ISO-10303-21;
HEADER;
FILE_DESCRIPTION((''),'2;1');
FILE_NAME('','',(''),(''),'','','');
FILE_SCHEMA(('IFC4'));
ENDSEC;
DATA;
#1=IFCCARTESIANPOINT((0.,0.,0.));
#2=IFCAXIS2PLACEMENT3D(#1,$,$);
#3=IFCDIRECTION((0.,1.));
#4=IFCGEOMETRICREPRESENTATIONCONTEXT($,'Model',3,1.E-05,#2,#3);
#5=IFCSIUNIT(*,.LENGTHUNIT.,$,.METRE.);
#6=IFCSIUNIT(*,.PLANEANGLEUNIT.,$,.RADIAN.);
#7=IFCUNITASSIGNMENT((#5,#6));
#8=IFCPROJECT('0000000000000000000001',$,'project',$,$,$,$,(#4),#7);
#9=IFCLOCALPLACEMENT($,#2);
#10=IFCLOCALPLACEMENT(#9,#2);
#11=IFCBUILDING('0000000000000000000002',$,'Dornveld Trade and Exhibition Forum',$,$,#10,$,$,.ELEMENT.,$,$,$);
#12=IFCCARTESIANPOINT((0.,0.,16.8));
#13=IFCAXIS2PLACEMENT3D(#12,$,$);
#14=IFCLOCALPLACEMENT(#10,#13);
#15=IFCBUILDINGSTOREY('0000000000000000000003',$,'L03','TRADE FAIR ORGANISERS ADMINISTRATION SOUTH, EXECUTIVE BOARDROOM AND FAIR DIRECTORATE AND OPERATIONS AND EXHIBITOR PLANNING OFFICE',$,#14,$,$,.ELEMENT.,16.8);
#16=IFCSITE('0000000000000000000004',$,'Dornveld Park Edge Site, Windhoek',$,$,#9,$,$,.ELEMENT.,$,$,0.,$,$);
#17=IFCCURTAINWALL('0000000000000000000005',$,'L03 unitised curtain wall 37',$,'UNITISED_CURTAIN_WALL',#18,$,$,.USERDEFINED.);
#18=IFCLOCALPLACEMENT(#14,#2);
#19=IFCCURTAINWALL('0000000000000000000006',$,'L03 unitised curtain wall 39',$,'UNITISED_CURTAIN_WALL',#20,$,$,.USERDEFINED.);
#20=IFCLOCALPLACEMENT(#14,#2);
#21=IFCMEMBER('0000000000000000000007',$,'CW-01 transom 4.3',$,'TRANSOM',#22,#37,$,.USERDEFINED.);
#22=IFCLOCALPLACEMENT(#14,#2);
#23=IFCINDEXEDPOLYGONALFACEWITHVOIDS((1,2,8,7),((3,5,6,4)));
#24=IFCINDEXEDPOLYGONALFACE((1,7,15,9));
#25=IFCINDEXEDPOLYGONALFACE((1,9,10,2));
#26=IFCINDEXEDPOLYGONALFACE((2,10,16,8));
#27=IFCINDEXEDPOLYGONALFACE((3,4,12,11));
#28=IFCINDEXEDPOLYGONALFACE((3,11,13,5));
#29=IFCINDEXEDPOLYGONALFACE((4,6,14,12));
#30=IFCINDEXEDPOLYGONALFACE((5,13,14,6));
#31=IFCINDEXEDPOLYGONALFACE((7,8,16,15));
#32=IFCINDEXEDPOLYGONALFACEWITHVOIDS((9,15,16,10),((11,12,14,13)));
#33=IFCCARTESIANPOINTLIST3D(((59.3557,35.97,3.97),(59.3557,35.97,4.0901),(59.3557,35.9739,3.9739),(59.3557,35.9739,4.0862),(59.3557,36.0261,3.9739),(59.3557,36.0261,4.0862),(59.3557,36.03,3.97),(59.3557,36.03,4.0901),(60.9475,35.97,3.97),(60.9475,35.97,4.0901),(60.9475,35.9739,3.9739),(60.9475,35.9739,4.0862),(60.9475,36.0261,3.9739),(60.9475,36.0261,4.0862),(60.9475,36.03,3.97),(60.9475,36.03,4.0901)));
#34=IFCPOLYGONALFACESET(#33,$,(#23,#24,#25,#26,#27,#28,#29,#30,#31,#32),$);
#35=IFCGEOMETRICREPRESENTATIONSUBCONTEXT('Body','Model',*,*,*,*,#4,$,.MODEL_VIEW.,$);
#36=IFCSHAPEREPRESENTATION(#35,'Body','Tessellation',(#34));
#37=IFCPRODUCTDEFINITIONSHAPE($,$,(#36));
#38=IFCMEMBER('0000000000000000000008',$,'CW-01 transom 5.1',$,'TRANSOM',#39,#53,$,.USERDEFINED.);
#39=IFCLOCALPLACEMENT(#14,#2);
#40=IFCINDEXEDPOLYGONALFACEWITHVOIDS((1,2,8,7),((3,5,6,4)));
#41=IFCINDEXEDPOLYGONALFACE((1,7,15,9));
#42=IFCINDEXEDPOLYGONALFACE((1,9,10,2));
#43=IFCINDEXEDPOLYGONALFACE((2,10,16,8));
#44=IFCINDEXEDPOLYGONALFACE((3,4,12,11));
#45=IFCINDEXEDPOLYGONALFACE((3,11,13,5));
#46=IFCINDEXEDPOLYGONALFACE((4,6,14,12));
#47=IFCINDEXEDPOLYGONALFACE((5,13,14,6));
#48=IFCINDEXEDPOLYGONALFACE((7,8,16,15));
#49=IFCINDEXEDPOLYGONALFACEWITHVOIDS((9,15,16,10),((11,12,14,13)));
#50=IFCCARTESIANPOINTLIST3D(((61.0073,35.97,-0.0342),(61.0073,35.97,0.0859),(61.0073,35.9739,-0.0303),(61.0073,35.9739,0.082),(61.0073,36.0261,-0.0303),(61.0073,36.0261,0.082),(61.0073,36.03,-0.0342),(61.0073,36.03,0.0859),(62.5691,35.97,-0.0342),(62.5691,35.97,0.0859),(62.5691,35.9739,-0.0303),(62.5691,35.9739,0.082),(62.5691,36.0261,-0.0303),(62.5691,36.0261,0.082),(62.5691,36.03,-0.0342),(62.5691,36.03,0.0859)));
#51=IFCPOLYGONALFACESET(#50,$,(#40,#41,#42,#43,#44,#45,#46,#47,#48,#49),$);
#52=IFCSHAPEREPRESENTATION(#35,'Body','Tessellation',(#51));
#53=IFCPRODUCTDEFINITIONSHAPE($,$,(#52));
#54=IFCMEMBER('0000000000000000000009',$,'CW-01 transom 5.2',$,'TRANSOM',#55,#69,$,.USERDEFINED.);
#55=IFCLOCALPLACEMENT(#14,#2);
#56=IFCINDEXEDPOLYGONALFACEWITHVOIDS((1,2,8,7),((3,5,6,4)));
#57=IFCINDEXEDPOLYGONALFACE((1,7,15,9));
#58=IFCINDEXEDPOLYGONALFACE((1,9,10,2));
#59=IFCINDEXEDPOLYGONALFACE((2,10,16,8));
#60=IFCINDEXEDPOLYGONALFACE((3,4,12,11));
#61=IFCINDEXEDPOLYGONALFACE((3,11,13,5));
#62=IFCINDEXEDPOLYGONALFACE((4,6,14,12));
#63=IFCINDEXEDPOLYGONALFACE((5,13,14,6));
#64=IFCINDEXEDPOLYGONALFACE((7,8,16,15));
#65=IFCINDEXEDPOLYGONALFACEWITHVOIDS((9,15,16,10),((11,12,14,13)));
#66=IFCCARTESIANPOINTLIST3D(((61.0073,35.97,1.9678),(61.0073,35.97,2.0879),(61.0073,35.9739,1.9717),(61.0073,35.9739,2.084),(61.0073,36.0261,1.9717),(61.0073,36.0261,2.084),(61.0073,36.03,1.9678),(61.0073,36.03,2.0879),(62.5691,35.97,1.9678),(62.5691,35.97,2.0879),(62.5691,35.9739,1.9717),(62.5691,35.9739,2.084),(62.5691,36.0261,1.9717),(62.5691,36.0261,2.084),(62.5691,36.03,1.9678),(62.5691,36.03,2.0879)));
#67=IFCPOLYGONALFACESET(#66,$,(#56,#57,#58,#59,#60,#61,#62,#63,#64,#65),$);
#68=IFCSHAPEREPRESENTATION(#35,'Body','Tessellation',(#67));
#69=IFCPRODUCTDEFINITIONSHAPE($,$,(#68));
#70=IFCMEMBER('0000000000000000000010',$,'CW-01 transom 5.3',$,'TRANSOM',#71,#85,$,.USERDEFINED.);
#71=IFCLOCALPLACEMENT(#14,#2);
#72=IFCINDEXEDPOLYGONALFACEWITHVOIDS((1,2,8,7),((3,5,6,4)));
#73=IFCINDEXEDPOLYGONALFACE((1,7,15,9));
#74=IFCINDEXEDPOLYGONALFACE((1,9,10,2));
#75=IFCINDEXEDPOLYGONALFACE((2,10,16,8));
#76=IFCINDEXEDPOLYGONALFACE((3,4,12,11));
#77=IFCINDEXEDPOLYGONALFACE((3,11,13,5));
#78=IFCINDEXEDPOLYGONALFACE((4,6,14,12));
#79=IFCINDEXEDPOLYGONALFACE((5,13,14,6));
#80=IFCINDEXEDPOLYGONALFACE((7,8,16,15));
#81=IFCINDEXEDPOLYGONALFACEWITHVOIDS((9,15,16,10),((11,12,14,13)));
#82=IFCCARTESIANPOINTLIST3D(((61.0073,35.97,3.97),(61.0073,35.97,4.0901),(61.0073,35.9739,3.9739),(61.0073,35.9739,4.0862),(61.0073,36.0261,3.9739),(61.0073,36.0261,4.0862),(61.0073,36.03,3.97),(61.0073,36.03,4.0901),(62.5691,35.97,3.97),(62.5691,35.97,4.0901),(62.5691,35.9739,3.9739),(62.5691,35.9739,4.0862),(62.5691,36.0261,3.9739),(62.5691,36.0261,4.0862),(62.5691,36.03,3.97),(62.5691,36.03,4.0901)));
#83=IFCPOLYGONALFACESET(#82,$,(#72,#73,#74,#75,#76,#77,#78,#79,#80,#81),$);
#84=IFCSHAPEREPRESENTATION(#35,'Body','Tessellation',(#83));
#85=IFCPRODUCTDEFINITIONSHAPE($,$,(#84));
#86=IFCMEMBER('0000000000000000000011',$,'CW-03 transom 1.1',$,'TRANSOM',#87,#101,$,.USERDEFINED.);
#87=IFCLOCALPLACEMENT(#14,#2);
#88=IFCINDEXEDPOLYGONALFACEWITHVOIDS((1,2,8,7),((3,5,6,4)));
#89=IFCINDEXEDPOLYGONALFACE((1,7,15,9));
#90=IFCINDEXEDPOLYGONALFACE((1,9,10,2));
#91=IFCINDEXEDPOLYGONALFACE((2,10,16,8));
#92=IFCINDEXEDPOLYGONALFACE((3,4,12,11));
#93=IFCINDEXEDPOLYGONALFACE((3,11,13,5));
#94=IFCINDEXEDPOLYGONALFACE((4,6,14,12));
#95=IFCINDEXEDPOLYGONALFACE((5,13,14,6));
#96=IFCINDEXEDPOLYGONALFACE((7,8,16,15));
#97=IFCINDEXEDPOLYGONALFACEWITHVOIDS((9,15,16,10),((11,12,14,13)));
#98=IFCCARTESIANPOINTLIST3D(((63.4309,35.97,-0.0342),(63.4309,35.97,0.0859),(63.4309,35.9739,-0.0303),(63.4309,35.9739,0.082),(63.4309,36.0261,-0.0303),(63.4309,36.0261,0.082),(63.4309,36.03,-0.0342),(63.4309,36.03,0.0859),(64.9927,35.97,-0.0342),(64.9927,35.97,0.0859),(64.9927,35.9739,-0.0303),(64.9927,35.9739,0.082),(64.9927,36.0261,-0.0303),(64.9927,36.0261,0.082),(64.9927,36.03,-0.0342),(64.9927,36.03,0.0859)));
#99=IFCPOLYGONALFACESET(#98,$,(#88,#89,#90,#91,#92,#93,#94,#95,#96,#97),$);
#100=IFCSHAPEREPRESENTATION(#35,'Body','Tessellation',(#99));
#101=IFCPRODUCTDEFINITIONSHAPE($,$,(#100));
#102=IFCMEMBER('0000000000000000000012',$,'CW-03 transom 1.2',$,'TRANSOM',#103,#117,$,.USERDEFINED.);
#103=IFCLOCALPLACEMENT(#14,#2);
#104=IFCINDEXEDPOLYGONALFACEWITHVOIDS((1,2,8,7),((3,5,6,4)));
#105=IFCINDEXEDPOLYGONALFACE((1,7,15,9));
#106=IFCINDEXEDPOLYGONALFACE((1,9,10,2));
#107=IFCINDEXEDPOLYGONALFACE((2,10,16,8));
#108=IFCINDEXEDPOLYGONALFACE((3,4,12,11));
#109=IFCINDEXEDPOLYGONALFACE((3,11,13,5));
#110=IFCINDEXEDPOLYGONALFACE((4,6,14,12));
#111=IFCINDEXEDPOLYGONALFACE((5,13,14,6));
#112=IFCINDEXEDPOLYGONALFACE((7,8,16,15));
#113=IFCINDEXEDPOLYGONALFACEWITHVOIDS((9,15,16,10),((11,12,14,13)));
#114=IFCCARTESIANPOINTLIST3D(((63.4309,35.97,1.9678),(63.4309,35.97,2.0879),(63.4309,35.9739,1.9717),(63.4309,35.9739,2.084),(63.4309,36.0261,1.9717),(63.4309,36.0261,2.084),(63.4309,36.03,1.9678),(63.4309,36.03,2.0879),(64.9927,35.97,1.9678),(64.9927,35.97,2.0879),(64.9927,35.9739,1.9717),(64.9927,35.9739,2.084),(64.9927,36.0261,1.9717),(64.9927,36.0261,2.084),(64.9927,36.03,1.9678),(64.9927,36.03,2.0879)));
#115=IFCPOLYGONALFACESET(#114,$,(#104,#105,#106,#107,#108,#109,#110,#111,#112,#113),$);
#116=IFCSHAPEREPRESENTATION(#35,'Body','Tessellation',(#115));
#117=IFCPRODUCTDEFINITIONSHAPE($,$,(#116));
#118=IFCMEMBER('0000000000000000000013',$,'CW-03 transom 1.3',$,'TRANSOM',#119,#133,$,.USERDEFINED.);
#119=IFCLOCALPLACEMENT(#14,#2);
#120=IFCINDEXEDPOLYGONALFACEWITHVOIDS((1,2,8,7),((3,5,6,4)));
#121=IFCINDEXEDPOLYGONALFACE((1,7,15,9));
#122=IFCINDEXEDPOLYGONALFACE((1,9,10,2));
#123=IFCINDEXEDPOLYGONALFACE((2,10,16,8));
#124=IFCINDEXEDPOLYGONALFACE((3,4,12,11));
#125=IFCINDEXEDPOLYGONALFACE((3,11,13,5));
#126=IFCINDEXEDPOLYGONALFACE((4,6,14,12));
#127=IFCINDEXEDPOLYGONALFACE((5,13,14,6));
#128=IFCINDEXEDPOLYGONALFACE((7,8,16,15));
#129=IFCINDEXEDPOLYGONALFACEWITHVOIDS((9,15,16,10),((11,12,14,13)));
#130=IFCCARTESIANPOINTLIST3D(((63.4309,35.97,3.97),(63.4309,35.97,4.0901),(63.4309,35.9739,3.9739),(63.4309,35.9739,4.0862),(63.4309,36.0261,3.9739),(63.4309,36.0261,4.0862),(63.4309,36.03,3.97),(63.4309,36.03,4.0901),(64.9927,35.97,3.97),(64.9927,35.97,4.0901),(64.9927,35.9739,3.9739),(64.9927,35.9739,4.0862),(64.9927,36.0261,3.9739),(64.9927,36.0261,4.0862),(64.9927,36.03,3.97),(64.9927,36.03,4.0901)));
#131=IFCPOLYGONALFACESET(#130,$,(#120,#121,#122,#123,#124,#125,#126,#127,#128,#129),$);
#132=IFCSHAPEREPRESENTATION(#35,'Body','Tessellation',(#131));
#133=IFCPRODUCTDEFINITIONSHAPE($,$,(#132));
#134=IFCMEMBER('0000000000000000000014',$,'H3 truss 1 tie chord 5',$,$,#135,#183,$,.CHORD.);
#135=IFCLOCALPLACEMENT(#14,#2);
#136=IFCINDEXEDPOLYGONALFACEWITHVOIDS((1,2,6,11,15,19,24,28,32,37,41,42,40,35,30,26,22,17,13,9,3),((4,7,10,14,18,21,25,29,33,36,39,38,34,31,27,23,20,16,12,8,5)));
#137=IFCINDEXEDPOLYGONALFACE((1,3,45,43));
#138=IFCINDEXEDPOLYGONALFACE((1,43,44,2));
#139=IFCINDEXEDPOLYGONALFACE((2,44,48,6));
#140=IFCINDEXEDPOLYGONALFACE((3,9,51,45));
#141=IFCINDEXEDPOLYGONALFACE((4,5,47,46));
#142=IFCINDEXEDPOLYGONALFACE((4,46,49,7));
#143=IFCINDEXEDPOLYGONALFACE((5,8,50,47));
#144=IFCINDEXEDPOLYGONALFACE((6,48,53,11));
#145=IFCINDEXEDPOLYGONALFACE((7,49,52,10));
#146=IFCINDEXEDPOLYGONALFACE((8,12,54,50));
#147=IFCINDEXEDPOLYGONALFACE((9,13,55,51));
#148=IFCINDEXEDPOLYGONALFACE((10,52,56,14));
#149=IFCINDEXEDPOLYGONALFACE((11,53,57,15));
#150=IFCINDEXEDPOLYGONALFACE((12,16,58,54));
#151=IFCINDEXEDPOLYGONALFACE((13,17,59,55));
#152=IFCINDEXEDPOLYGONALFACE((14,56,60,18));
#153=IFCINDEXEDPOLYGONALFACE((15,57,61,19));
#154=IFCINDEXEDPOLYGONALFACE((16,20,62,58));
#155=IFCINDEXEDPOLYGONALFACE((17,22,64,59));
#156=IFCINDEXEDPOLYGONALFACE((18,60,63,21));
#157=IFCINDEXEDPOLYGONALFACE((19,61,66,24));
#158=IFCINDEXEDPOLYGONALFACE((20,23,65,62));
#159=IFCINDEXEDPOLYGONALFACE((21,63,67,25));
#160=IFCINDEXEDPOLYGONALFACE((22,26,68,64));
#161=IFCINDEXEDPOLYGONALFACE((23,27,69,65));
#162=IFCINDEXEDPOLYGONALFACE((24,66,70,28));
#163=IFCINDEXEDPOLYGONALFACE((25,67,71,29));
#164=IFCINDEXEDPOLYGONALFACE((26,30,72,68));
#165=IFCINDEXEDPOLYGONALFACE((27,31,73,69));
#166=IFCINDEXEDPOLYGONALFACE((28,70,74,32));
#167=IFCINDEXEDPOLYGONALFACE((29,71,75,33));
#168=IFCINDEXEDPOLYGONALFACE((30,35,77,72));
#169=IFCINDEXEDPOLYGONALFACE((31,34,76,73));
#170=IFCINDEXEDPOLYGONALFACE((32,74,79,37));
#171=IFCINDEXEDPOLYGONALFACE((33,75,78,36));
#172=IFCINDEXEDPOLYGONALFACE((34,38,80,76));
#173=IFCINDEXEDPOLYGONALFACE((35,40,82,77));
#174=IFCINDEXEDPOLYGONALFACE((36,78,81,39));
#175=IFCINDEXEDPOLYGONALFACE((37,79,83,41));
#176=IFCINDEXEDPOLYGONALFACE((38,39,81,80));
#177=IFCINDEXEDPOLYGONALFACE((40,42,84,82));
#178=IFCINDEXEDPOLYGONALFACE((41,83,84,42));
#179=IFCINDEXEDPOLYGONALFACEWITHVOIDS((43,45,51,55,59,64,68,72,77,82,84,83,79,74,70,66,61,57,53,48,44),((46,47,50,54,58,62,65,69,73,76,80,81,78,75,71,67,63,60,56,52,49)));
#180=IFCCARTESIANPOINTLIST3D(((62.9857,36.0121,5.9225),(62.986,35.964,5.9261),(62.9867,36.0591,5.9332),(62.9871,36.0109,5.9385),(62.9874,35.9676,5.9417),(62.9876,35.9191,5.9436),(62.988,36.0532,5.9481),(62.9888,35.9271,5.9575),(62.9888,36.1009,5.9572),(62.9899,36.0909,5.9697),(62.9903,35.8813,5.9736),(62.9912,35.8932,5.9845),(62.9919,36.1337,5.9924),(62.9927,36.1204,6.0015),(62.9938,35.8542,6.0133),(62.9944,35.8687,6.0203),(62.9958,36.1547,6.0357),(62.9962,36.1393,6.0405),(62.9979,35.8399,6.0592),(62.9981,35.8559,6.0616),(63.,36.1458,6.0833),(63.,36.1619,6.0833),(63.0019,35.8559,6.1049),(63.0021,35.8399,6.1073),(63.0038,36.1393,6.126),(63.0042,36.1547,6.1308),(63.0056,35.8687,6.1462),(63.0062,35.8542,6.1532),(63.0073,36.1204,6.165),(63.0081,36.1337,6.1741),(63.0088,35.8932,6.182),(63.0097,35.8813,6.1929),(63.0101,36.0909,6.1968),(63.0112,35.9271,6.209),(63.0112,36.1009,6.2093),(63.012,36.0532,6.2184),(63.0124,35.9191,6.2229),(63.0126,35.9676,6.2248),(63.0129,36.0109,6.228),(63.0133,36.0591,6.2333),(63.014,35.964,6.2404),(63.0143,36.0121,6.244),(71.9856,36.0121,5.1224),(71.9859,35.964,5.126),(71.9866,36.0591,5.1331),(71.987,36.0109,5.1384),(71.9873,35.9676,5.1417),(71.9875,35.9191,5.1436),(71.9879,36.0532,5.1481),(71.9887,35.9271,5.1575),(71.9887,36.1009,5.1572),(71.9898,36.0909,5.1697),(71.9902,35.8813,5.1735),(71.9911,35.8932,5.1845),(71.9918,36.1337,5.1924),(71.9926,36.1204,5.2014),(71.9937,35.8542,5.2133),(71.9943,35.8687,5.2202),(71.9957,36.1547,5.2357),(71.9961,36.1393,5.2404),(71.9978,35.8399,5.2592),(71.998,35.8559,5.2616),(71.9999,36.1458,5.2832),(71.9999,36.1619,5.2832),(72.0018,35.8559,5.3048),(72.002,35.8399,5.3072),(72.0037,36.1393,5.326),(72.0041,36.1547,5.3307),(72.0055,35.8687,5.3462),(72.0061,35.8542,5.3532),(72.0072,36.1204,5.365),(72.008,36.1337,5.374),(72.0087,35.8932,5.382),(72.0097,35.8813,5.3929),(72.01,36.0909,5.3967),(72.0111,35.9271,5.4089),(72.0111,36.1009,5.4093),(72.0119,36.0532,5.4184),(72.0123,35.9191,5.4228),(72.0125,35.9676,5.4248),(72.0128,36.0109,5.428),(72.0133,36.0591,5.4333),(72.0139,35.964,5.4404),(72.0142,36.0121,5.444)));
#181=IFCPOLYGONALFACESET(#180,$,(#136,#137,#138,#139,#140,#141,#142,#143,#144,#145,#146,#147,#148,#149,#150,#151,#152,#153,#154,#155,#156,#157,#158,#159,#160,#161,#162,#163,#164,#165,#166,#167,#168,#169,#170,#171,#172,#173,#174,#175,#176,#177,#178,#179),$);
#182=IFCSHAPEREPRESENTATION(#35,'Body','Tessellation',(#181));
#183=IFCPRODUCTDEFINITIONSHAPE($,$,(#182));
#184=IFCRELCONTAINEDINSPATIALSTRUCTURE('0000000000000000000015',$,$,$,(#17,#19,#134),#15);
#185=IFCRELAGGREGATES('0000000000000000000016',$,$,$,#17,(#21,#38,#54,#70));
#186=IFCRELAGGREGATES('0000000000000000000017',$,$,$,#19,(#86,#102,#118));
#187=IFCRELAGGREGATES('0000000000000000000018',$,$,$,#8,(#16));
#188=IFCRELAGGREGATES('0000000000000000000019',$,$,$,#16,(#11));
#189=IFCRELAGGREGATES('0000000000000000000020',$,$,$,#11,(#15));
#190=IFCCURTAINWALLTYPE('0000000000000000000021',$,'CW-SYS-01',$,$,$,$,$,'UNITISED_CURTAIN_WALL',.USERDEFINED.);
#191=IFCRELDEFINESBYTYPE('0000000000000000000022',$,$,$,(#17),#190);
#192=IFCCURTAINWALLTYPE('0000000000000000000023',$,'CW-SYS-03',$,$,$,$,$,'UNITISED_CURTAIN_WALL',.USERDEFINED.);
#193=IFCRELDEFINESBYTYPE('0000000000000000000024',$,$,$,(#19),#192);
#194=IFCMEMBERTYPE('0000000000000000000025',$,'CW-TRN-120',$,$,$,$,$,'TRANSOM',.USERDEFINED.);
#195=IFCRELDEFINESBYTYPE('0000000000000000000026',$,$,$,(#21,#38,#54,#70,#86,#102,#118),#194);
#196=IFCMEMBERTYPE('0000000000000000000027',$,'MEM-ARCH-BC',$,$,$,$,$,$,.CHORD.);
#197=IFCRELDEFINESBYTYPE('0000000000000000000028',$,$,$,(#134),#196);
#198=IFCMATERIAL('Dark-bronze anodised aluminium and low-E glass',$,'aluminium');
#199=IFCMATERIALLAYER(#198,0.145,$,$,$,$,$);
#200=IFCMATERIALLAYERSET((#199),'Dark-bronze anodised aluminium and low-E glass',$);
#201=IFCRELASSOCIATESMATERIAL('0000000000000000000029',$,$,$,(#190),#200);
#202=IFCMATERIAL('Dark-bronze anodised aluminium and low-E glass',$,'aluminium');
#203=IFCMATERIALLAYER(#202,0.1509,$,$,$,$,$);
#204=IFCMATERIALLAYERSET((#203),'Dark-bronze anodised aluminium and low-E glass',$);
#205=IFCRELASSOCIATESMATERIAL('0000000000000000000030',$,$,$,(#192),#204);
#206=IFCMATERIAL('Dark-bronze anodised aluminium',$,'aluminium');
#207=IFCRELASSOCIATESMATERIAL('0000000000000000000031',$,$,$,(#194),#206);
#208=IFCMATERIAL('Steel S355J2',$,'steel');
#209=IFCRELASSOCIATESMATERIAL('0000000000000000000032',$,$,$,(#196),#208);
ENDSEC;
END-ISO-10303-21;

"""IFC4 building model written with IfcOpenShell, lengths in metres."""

from ifc_helpers import new_model, si_unit, direction, frame, origin, origin_2d, place, context, subcontext, project, spatial, hollow_rectangle, hollow_circle, extrude, material, layer, layer_set, material_profile, profile_set, type_object, element, aggregate, save


model = new_model("IFC4")

# Units and contexts
model_context = context("Model", 3, precision=1e-05, world=origin(), true_north=direction((0.0, 1.0)))
body_context = subcontext(model_context, "Body", "Model", "MODEL_VIEW")
ifc_project = project(units=[si_unit("LENGTHUNIT", "METRE"), si_unit("PLANEANGLEUNIT", "RADIAN")], contexts=[model_context])

# Site, building, storey
site_placement = place(None, origin())
site = spatial("IfcSite", under=ifc_project, at=site_placement, Name="Dornveld Park Edge Site, Windhoek", CompositionType="ELEMENT", RefElevation=0.0)
building_placement = place(site_placement, origin())
building = spatial("IfcBuilding", under=site, at=building_placement, Name="Dornveld Trade and Exhibition Forum", CompositionType="ELEMENT")
storey_placement = place(building_placement, frame((0.0, 0.0, 16.8)))
storey = spatial("IfcBuildingStorey", under=building, at=storey_placement, Name="L03", Description="TRADE FAIR ORGANISERS ADMINISTRATION SOUTH, EXECUTIVE BOARDROOM AND FAIR DIRECTORATE AND OPERATIONS AND EXHIBITOR PLANNING OFFICE", CompositionType="ELEMENT", Elevation=16.8)

# Curtain wall
ifc_material_1 = material(Name="Dark-bronze anodised aluminium and low-E glass", Category="aluminium")
ifc_layer_1 = layer(ifc_material_1, 0.145)
ifc_layer_set_1 = layer_set([ifc_layer_1], Name="Dark-bronze anodised aluminium and low-E glass")
curtain_wall_type_1 = type_object("IfcCurtainWallType", Name="CW-SYS-01", ElementType="UNITISED_CURTAIN_WALL", PredefinedType="USERDEFINED", material=ifc_layer_set_1)
curtain_wall_1_placement = place(storey_placement, origin())
curtain_wall_1 = element("IfcCurtainWall", 1, at=curtain_wall_1_placement, inside=storey, type_object=curtain_wall_type_1, Name="L03 unitised curtain wall 37", ObjectType="UNITISED_CURTAIN_WALL", PredefinedType="USERDEFINED")

# Curtain wall
ifc_material_2 = material(Name="Dark-bronze anodised aluminium and low-E glass", Category="aluminium")
ifc_layer_2 = layer(ifc_material_2, 0.1509)
ifc_layer_set_2 = layer_set([ifc_layer_2], Name="Dark-bronze anodised aluminium and low-E glass")
curtain_wall_type_2 = type_object("IfcCurtainWallType", Name="CW-SYS-03", ElementType="UNITISED_CURTAIN_WALL", PredefinedType="USERDEFINED", material=ifc_layer_set_2)
curtain_wall_2_placement = place(storey_placement, origin())
curtain_wall_2 = element("IfcCurtainWall", 2, at=curtain_wall_2_placement, inside=storey, type_object=curtain_wall_type_2, Name="L03 unitised curtain wall 39", ObjectType="UNITISED_CURTAIN_WALL", PredefinedType="USERDEFINED")

# Members
ifc_material_3 = material(Name="Dark-bronze anodised aluminium", Category="aluminium")
ifc_material_profile_1 = material_profile(ifc_material_3, hollow_rectangle(XDim=0.0601, YDim=0.1201, WallThickness=0.0039, at=origin_2d()), Name="RHS 120x60x4")
ifc_profile_set_1 = profile_set([ifc_material_profile_1], Name="Dark-bronze anodised aluminium")
member_type_1 = type_object("IfcMemberType", Name="CW-TRN-120", ElementType="TRANSOM", PredefinedType="USERDEFINED", material=ifc_profile_set_1)
member_1_placement = place(storey_placement, frame((59.3557, 36.0, 4.03), z_axis=(1.0, 0.0, 0.0), x_axis=(0.0, 1.0, 0.0)))
member_1 = element("IfcMember", 3, at=member_1_placement, type_object=member_type_1, Name="CW-01 transom 4.3", ObjectType="TRANSOM", PredefinedType="USERDEFINED", context=body_context, shape_type="SweptSolid", body=[
    extrude(hollow_rectangle(XDim=0.0601, YDim=0.1201, WallThickness=0.0039, at=origin_2d()), origin(), (0.0, 0.0, 1.0), 1.5918),
])
member_2_placement = place(storey_placement, frame((61.0073, 36.0, 0.0259), z_axis=(1.0, 0.0, 0.0), x_axis=(0.0, 1.0, 0.0)))
member_2 = element("IfcMember", 4, at=member_2_placement, type_object=member_type_1, Name="CW-01 transom 5.1", ObjectType="TRANSOM", PredefinedType="USERDEFINED", context=body_context, shape_type="SweptSolid", body=[
    extrude(hollow_rectangle(XDim=0.0601, YDim=0.1201, WallThickness=0.0039, at=origin_2d()), origin(), (0.0, 0.0, 1.0), 1.5618),
])
member_3_placement = place(storey_placement, frame((61.0073, 36.0, 2.0278), z_axis=(1.0, 0.0, 0.0), x_axis=(0.0, 1.0, 0.0)))
member_3 = element("IfcMember", 5, at=member_3_placement, type_object=member_type_1, Name="CW-01 transom 5.2", ObjectType="TRANSOM", PredefinedType="USERDEFINED", context=body_context, shape_type="SweptSolid", body=[
    extrude(hollow_rectangle(XDim=0.0601, YDim=0.1201, WallThickness=0.0039, at=origin_2d()), origin(), (0.0, 0.0, 1.0), 1.5618),
])
member_4_placement = place(storey_placement, frame((61.0073, 36.0, 4.03), z_axis=(1.0, 0.0, 0.0), x_axis=(0.0, 1.0, 0.0)))
member_4 = element("IfcMember", 6, at=member_4_placement, type_object=member_type_1, Name="CW-01 transom 5.3", ObjectType="TRANSOM", PredefinedType="USERDEFINED", context=body_context, shape_type="SweptSolid", body=[
    extrude(hollow_rectangle(XDim=0.0601, YDim=0.1201, WallThickness=0.0039, at=origin_2d()), origin(), (0.0, 0.0, 1.0), 1.5618),
])
member_5_placement = place(storey_placement, frame((63.4309, 36.0, 0.0259), z_axis=(1.0, 0.0, 0.0), x_axis=(0.0, 1.0, 0.0)))
member_5 = element("IfcMember", 7, at=member_5_placement, type_object=member_type_1, Name="CW-03 transom 1.1", ObjectType="TRANSOM", PredefinedType="USERDEFINED", context=body_context, shape_type="SweptSolid", body=[
    extrude(hollow_rectangle(XDim=0.0601, YDim=0.1201, WallThickness=0.0039, at=origin_2d()), origin(), (0.0, 0.0, 1.0), 1.5618),
])
member_6_placement = place(storey_placement, frame((63.4309, 36.0, 2.0278), z_axis=(1.0, 0.0, 0.0), x_axis=(0.0, 1.0, 0.0)))
member_6 = element("IfcMember", 8, at=member_6_placement, type_object=member_type_1, Name="CW-03 transom 1.2", ObjectType="TRANSOM", PredefinedType="USERDEFINED", context=body_context, shape_type="SweptSolid", body=[
    extrude(hollow_rectangle(XDim=0.0601, YDim=0.1201, WallThickness=0.0039, at=origin_2d()), origin(), (0.0, 0.0, 1.0), 1.5618),
])
member_7_placement = place(storey_placement, frame((63.4309, 36.0, 4.03), z_axis=(1.0, 0.0, 0.0), x_axis=(0.0, 1.0, 0.0)))
member_7 = element("IfcMember", 9, at=member_7_placement, type_object=member_type_1, Name="CW-03 transom 1.3", ObjectType="TRANSOM", PredefinedType="USERDEFINED", context=body_context, shape_type="SweptSolid", body=[
    extrude(hollow_rectangle(XDim=0.0601, YDim=0.1201, WallThickness=0.0039, at=origin_2d()), origin(), (0.0, 0.0, 1.0), 1.5618),
])

# Member
ifc_material_4 = material(Name="Steel S355J2", Category="steel")
ifc_material_profile_2 = material_profile(ifc_material_4, hollow_circle(Radius=0.1619, WallThickness=0.0161, at=origin_2d()), Name="CHS 323.9x16")
ifc_profile_set_2 = profile_set([ifc_material_profile_2], Name="Steel S355J2")
member_type_2 = type_object("IfcMemberType", Name="MEM-ARCH-BC", PredefinedType="CHORD", material=ifc_profile_set_2)
member_8_placement = place(storey_placement, frame((63.0, 36.0, 6.0833), z_axis=(0.996072, 0.0, -0.088545), x_axis=(0.0, 1.0, 0.0)))
element("IfcMember", 10, at=member_8_placement, inside=storey, type_object=member_type_2, Name="H3 truss 1 tie chord 5", PredefinedType="CHORD", context=body_context, shape_type="SweptSolid", body=[
    extrude(hollow_circle(Radius=0.1619, WallThickness=0.0161, at=origin_2d()), origin(), (0.0, 0.0, 1.0), 9.0354),
])

aggregate(curtain_wall_1, [member_1, member_2, member_3, member_4])
aggregate(curtain_wall_2, [member_5, member_6, member_7])

save(model, "model.ifc")
